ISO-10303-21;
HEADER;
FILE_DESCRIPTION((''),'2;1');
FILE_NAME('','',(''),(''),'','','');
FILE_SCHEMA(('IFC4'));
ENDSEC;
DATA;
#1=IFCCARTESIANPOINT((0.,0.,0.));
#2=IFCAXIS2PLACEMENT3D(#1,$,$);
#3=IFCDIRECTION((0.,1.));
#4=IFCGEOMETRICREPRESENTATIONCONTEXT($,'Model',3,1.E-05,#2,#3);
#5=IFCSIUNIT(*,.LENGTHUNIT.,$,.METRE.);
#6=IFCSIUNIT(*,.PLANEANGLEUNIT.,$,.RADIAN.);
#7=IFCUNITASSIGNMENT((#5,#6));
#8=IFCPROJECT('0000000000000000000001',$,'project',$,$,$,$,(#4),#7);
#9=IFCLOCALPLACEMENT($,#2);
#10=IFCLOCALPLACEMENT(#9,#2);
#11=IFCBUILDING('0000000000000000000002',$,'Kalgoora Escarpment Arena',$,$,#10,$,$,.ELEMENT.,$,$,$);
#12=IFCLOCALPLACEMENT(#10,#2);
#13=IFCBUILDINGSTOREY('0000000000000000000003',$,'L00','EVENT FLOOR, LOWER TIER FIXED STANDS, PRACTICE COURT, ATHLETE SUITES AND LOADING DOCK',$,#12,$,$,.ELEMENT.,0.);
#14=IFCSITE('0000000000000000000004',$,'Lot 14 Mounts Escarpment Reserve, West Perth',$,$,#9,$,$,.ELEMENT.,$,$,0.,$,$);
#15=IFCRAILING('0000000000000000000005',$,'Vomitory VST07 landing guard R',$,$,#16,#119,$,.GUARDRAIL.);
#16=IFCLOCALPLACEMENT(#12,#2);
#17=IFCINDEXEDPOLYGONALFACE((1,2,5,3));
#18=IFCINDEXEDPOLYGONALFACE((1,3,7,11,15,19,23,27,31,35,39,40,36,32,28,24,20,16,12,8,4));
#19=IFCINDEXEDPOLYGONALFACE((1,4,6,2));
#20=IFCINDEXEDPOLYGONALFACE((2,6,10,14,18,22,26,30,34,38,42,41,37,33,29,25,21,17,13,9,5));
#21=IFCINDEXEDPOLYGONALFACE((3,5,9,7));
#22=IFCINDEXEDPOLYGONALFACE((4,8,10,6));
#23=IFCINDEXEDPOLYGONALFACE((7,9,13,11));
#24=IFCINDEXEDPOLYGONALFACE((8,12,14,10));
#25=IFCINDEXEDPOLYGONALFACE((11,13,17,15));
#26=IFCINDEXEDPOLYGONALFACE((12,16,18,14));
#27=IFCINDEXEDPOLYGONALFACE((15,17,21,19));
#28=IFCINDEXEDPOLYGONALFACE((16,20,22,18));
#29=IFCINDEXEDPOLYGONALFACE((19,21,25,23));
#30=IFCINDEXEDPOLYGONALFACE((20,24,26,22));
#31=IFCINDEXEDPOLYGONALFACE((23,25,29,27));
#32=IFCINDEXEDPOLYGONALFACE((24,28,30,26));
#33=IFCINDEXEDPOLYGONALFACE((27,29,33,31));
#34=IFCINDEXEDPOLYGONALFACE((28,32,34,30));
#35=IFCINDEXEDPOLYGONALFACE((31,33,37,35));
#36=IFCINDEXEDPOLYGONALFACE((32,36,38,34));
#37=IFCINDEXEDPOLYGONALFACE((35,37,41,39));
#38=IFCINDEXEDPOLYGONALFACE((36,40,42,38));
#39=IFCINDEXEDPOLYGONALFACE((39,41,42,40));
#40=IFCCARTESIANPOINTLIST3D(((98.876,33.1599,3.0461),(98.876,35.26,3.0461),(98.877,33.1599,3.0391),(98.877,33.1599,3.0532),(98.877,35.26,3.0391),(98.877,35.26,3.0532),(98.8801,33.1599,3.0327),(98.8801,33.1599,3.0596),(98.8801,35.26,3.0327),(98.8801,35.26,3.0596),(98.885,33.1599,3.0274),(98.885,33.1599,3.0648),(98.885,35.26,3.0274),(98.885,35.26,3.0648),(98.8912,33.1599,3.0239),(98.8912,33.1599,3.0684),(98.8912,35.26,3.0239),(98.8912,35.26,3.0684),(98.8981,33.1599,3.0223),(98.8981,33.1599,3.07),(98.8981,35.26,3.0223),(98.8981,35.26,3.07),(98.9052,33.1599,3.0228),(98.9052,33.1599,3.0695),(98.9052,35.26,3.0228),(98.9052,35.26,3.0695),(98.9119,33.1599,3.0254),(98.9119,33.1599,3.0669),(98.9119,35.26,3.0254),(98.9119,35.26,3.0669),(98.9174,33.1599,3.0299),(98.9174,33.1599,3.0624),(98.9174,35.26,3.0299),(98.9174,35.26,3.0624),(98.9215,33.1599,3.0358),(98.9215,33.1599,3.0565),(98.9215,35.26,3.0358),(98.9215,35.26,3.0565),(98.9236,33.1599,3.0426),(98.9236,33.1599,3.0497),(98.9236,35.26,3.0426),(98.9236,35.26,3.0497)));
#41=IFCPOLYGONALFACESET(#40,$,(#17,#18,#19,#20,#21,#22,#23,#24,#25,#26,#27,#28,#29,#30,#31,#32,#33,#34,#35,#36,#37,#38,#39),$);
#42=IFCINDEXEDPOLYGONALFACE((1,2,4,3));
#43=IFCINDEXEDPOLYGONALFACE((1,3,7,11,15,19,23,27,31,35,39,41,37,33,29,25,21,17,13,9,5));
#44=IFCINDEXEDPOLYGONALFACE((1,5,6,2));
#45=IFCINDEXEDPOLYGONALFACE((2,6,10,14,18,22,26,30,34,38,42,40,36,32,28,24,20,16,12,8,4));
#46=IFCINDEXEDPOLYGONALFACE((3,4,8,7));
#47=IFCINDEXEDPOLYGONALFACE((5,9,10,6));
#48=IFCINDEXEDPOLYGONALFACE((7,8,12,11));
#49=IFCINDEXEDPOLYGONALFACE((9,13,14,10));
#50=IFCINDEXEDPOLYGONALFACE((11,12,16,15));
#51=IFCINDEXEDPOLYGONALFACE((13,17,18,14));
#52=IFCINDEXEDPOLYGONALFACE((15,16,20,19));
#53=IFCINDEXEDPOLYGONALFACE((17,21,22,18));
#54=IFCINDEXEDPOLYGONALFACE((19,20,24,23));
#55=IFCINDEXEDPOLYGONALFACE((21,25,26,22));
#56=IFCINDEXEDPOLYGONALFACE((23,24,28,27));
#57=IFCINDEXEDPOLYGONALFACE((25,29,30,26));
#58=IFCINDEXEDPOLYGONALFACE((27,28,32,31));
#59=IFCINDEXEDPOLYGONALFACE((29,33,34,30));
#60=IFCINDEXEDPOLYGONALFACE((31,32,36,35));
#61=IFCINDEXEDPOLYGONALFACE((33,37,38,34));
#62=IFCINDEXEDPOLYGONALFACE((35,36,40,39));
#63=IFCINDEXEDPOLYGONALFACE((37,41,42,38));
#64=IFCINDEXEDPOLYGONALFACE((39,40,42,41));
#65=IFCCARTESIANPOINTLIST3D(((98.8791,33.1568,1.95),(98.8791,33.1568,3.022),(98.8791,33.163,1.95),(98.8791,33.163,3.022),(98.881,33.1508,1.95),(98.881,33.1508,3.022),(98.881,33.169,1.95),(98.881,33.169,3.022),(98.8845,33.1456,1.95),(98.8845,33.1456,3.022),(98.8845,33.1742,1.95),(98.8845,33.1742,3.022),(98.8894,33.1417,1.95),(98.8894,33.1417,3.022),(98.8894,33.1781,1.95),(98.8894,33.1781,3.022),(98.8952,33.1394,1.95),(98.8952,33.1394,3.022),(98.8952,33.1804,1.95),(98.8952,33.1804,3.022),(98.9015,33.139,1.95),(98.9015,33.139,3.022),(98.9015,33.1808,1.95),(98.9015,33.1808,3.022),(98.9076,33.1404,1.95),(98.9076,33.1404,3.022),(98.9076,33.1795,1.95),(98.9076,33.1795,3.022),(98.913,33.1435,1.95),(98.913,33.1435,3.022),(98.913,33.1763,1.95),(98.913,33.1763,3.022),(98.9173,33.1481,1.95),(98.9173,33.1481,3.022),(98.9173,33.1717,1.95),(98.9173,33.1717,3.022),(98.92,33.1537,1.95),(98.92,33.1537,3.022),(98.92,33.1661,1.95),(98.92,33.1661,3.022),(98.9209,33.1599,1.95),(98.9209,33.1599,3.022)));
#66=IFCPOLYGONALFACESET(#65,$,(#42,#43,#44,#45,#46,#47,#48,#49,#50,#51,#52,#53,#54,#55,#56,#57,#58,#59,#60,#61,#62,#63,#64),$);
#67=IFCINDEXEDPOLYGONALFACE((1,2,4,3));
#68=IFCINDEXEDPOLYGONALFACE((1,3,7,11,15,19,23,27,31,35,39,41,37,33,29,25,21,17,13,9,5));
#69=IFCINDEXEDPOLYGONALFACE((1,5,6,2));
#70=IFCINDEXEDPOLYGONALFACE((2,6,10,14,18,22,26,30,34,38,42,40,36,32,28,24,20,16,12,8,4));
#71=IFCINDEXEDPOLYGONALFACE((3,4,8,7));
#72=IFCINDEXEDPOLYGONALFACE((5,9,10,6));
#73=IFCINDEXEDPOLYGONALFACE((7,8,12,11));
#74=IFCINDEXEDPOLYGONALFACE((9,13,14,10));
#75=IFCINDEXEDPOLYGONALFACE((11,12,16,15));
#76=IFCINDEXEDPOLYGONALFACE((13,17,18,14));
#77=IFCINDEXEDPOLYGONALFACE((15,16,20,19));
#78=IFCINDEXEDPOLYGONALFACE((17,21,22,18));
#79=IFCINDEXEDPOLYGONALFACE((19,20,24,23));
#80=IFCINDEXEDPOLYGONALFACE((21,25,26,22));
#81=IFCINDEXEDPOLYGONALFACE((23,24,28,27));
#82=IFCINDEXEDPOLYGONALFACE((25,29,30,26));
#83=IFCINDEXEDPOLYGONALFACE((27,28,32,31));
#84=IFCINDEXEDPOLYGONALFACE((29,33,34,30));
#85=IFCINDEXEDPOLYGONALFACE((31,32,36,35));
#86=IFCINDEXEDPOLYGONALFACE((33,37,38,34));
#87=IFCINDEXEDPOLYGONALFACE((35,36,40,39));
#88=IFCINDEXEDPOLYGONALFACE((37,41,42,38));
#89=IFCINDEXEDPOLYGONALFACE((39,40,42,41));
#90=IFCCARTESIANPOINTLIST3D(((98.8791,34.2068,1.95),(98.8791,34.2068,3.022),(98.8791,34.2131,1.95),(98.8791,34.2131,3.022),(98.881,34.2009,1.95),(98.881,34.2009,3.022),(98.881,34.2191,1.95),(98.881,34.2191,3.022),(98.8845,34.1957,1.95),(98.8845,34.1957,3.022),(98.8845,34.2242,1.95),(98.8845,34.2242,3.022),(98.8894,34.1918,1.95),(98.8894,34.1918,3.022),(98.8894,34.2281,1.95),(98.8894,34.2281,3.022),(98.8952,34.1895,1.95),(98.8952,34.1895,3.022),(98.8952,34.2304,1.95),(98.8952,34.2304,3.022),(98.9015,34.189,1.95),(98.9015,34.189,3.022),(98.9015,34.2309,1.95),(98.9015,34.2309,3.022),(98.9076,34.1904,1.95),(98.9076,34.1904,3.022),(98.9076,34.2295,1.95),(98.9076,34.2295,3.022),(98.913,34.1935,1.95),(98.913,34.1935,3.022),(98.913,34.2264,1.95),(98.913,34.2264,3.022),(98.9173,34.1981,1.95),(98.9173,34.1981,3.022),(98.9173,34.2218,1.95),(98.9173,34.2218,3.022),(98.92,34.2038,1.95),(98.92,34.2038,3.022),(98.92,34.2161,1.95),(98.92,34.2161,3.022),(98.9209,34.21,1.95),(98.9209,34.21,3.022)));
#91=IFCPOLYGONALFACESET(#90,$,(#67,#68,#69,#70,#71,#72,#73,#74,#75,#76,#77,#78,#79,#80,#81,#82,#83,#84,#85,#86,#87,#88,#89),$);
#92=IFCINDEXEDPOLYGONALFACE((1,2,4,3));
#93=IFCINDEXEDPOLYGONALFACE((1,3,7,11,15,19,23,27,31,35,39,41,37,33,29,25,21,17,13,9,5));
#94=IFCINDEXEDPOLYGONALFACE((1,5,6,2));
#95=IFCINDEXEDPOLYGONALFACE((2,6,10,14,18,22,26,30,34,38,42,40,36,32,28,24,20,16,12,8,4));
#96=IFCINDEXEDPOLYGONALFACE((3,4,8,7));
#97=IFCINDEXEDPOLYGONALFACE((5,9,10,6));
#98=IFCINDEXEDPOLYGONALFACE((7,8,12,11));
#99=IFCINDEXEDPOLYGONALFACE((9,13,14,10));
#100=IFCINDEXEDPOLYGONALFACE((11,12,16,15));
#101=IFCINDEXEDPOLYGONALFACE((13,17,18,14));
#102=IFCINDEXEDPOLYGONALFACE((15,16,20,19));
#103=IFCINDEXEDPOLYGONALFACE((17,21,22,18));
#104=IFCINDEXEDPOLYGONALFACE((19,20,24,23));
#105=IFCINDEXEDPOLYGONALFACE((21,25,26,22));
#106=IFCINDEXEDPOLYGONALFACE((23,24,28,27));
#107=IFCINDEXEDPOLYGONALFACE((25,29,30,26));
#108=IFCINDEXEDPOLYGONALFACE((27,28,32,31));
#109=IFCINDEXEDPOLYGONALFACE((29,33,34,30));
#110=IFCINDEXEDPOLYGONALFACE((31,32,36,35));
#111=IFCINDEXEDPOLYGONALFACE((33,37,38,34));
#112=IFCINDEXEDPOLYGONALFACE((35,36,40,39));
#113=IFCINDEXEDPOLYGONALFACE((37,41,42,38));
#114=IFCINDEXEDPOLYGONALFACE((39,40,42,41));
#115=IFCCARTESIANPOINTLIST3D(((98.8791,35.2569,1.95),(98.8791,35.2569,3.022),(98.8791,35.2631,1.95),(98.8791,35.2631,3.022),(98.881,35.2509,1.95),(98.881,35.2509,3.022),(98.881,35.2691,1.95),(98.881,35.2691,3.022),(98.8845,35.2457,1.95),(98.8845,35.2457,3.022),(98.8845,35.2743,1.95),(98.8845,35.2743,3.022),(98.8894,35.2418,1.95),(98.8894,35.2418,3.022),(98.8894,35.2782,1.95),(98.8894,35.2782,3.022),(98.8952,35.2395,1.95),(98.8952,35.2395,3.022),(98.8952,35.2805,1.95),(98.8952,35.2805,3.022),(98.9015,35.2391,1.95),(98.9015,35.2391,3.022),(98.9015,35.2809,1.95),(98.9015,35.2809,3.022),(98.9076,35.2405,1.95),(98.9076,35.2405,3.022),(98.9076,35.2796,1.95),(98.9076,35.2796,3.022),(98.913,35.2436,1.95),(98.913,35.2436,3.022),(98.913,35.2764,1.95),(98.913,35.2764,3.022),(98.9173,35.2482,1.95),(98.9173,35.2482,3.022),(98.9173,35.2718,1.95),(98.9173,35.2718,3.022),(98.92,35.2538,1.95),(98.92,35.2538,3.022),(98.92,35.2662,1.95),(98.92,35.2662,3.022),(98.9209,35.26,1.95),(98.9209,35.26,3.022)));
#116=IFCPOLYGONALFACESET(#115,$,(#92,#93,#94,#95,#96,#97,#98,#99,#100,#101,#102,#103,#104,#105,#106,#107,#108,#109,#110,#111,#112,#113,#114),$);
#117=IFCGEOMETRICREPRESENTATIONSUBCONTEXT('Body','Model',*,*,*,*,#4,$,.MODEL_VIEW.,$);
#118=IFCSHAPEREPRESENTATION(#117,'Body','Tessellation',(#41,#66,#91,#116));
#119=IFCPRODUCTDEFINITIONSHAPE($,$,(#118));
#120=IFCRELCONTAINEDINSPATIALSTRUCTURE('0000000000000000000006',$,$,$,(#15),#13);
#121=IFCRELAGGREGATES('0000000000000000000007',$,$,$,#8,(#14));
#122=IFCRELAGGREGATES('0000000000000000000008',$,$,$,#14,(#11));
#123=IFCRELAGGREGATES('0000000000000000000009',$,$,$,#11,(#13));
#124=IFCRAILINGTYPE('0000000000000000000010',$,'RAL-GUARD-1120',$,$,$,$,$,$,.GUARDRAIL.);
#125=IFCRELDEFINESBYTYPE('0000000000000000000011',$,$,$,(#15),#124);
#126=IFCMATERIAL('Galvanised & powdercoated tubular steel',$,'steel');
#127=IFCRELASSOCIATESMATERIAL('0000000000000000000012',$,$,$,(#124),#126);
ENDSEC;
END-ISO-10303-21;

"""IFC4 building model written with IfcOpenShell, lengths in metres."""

from ifc_helpers import new_model, si_unit, direction, frame, origin, origin_2d, place, context, subcontext, project, spatial, circle, extrude, material, type_object, element, save


model = new_model("IFC4")

# Units and contexts
model_context = context("Model", 3, precision=1e-05, world=origin(), true_north=direction((0.0, 1.0)))
body_context = subcontext(model_context, "Body", "Model", "MODEL_VIEW")
ifc_project = project(units=[si_unit("LENGTHUNIT", "METRE"), si_unit("PLANEANGLEUNIT", "RADIAN")], contexts=[model_context])

# Site, building, storey
site_placement = place(None, origin())
site = spatial("IfcSite", under=ifc_project, at=site_placement, Name="Lot 14 Mounts Escarpment Reserve, West Perth", CompositionType="ELEMENT", RefElevation=0.0)
building_placement = place(site_placement, origin())
building = spatial("IfcBuilding", under=site, at=building_placement, Name="Kalgoora Escarpment Arena", CompositionType="ELEMENT")
storey_placement = place(building_placement, origin())
storey = spatial("IfcBuildingStorey", under=building, at=storey_placement, Name="L00", Description="EVENT FLOOR, LOWER TIER FIXED STANDS, PRACTICE COURT, ATHLETE SUITES AND LOADING DOCK", CompositionType="ELEMENT", Elevation=0.0)

# Railing
ifc_material_1 = material(Name="Galvanised & powdercoated tubular steel", Category="steel")
railing_type_1 = type_object("IfcRailingType", Name="RAL-GUARD-1120", PredefinedType="GUARDRAIL", material=ifc_material_1)
for number, where, name in (
    (1, (98.8999, 33.1599, 1.95), "Vomitory VST07 landing guard R"),
):
    element("IfcRailing", number, at=place(storey_placement, frame(where)), inside=storey, type_object=railing_type_1, Name=name, PredefinedType="GUARDRAIL", context=body_context, shape_type="SweptSolid", body=[
        extrude(circle(Radius=0.0239, at=origin_2d()), frame((0.0, 0.0, 1.0962), z_axis=(0.0, 1.0, 0.0), x_axis=(-1.0, 0.0, 0.0)), (0.0, 0.0, 1.0), 2.1001),
        extrude(circle(Radius=0.021, at=origin_2d()), origin(), (0.0, 0.0, 1.0), 1.072),
        extrude(circle(Radius=0.021, at=origin_2d()), frame((0.0, 1.05, 0.0)), (0.0, 0.0, 1.0), 1.072),
        extrude(circle(Radius=0.021, at=origin_2d()), frame((0.0, 2.1001, 0.0)), (0.0, 0.0, 1.0), 1.072),
    ])

save(model, "model.ifc")
